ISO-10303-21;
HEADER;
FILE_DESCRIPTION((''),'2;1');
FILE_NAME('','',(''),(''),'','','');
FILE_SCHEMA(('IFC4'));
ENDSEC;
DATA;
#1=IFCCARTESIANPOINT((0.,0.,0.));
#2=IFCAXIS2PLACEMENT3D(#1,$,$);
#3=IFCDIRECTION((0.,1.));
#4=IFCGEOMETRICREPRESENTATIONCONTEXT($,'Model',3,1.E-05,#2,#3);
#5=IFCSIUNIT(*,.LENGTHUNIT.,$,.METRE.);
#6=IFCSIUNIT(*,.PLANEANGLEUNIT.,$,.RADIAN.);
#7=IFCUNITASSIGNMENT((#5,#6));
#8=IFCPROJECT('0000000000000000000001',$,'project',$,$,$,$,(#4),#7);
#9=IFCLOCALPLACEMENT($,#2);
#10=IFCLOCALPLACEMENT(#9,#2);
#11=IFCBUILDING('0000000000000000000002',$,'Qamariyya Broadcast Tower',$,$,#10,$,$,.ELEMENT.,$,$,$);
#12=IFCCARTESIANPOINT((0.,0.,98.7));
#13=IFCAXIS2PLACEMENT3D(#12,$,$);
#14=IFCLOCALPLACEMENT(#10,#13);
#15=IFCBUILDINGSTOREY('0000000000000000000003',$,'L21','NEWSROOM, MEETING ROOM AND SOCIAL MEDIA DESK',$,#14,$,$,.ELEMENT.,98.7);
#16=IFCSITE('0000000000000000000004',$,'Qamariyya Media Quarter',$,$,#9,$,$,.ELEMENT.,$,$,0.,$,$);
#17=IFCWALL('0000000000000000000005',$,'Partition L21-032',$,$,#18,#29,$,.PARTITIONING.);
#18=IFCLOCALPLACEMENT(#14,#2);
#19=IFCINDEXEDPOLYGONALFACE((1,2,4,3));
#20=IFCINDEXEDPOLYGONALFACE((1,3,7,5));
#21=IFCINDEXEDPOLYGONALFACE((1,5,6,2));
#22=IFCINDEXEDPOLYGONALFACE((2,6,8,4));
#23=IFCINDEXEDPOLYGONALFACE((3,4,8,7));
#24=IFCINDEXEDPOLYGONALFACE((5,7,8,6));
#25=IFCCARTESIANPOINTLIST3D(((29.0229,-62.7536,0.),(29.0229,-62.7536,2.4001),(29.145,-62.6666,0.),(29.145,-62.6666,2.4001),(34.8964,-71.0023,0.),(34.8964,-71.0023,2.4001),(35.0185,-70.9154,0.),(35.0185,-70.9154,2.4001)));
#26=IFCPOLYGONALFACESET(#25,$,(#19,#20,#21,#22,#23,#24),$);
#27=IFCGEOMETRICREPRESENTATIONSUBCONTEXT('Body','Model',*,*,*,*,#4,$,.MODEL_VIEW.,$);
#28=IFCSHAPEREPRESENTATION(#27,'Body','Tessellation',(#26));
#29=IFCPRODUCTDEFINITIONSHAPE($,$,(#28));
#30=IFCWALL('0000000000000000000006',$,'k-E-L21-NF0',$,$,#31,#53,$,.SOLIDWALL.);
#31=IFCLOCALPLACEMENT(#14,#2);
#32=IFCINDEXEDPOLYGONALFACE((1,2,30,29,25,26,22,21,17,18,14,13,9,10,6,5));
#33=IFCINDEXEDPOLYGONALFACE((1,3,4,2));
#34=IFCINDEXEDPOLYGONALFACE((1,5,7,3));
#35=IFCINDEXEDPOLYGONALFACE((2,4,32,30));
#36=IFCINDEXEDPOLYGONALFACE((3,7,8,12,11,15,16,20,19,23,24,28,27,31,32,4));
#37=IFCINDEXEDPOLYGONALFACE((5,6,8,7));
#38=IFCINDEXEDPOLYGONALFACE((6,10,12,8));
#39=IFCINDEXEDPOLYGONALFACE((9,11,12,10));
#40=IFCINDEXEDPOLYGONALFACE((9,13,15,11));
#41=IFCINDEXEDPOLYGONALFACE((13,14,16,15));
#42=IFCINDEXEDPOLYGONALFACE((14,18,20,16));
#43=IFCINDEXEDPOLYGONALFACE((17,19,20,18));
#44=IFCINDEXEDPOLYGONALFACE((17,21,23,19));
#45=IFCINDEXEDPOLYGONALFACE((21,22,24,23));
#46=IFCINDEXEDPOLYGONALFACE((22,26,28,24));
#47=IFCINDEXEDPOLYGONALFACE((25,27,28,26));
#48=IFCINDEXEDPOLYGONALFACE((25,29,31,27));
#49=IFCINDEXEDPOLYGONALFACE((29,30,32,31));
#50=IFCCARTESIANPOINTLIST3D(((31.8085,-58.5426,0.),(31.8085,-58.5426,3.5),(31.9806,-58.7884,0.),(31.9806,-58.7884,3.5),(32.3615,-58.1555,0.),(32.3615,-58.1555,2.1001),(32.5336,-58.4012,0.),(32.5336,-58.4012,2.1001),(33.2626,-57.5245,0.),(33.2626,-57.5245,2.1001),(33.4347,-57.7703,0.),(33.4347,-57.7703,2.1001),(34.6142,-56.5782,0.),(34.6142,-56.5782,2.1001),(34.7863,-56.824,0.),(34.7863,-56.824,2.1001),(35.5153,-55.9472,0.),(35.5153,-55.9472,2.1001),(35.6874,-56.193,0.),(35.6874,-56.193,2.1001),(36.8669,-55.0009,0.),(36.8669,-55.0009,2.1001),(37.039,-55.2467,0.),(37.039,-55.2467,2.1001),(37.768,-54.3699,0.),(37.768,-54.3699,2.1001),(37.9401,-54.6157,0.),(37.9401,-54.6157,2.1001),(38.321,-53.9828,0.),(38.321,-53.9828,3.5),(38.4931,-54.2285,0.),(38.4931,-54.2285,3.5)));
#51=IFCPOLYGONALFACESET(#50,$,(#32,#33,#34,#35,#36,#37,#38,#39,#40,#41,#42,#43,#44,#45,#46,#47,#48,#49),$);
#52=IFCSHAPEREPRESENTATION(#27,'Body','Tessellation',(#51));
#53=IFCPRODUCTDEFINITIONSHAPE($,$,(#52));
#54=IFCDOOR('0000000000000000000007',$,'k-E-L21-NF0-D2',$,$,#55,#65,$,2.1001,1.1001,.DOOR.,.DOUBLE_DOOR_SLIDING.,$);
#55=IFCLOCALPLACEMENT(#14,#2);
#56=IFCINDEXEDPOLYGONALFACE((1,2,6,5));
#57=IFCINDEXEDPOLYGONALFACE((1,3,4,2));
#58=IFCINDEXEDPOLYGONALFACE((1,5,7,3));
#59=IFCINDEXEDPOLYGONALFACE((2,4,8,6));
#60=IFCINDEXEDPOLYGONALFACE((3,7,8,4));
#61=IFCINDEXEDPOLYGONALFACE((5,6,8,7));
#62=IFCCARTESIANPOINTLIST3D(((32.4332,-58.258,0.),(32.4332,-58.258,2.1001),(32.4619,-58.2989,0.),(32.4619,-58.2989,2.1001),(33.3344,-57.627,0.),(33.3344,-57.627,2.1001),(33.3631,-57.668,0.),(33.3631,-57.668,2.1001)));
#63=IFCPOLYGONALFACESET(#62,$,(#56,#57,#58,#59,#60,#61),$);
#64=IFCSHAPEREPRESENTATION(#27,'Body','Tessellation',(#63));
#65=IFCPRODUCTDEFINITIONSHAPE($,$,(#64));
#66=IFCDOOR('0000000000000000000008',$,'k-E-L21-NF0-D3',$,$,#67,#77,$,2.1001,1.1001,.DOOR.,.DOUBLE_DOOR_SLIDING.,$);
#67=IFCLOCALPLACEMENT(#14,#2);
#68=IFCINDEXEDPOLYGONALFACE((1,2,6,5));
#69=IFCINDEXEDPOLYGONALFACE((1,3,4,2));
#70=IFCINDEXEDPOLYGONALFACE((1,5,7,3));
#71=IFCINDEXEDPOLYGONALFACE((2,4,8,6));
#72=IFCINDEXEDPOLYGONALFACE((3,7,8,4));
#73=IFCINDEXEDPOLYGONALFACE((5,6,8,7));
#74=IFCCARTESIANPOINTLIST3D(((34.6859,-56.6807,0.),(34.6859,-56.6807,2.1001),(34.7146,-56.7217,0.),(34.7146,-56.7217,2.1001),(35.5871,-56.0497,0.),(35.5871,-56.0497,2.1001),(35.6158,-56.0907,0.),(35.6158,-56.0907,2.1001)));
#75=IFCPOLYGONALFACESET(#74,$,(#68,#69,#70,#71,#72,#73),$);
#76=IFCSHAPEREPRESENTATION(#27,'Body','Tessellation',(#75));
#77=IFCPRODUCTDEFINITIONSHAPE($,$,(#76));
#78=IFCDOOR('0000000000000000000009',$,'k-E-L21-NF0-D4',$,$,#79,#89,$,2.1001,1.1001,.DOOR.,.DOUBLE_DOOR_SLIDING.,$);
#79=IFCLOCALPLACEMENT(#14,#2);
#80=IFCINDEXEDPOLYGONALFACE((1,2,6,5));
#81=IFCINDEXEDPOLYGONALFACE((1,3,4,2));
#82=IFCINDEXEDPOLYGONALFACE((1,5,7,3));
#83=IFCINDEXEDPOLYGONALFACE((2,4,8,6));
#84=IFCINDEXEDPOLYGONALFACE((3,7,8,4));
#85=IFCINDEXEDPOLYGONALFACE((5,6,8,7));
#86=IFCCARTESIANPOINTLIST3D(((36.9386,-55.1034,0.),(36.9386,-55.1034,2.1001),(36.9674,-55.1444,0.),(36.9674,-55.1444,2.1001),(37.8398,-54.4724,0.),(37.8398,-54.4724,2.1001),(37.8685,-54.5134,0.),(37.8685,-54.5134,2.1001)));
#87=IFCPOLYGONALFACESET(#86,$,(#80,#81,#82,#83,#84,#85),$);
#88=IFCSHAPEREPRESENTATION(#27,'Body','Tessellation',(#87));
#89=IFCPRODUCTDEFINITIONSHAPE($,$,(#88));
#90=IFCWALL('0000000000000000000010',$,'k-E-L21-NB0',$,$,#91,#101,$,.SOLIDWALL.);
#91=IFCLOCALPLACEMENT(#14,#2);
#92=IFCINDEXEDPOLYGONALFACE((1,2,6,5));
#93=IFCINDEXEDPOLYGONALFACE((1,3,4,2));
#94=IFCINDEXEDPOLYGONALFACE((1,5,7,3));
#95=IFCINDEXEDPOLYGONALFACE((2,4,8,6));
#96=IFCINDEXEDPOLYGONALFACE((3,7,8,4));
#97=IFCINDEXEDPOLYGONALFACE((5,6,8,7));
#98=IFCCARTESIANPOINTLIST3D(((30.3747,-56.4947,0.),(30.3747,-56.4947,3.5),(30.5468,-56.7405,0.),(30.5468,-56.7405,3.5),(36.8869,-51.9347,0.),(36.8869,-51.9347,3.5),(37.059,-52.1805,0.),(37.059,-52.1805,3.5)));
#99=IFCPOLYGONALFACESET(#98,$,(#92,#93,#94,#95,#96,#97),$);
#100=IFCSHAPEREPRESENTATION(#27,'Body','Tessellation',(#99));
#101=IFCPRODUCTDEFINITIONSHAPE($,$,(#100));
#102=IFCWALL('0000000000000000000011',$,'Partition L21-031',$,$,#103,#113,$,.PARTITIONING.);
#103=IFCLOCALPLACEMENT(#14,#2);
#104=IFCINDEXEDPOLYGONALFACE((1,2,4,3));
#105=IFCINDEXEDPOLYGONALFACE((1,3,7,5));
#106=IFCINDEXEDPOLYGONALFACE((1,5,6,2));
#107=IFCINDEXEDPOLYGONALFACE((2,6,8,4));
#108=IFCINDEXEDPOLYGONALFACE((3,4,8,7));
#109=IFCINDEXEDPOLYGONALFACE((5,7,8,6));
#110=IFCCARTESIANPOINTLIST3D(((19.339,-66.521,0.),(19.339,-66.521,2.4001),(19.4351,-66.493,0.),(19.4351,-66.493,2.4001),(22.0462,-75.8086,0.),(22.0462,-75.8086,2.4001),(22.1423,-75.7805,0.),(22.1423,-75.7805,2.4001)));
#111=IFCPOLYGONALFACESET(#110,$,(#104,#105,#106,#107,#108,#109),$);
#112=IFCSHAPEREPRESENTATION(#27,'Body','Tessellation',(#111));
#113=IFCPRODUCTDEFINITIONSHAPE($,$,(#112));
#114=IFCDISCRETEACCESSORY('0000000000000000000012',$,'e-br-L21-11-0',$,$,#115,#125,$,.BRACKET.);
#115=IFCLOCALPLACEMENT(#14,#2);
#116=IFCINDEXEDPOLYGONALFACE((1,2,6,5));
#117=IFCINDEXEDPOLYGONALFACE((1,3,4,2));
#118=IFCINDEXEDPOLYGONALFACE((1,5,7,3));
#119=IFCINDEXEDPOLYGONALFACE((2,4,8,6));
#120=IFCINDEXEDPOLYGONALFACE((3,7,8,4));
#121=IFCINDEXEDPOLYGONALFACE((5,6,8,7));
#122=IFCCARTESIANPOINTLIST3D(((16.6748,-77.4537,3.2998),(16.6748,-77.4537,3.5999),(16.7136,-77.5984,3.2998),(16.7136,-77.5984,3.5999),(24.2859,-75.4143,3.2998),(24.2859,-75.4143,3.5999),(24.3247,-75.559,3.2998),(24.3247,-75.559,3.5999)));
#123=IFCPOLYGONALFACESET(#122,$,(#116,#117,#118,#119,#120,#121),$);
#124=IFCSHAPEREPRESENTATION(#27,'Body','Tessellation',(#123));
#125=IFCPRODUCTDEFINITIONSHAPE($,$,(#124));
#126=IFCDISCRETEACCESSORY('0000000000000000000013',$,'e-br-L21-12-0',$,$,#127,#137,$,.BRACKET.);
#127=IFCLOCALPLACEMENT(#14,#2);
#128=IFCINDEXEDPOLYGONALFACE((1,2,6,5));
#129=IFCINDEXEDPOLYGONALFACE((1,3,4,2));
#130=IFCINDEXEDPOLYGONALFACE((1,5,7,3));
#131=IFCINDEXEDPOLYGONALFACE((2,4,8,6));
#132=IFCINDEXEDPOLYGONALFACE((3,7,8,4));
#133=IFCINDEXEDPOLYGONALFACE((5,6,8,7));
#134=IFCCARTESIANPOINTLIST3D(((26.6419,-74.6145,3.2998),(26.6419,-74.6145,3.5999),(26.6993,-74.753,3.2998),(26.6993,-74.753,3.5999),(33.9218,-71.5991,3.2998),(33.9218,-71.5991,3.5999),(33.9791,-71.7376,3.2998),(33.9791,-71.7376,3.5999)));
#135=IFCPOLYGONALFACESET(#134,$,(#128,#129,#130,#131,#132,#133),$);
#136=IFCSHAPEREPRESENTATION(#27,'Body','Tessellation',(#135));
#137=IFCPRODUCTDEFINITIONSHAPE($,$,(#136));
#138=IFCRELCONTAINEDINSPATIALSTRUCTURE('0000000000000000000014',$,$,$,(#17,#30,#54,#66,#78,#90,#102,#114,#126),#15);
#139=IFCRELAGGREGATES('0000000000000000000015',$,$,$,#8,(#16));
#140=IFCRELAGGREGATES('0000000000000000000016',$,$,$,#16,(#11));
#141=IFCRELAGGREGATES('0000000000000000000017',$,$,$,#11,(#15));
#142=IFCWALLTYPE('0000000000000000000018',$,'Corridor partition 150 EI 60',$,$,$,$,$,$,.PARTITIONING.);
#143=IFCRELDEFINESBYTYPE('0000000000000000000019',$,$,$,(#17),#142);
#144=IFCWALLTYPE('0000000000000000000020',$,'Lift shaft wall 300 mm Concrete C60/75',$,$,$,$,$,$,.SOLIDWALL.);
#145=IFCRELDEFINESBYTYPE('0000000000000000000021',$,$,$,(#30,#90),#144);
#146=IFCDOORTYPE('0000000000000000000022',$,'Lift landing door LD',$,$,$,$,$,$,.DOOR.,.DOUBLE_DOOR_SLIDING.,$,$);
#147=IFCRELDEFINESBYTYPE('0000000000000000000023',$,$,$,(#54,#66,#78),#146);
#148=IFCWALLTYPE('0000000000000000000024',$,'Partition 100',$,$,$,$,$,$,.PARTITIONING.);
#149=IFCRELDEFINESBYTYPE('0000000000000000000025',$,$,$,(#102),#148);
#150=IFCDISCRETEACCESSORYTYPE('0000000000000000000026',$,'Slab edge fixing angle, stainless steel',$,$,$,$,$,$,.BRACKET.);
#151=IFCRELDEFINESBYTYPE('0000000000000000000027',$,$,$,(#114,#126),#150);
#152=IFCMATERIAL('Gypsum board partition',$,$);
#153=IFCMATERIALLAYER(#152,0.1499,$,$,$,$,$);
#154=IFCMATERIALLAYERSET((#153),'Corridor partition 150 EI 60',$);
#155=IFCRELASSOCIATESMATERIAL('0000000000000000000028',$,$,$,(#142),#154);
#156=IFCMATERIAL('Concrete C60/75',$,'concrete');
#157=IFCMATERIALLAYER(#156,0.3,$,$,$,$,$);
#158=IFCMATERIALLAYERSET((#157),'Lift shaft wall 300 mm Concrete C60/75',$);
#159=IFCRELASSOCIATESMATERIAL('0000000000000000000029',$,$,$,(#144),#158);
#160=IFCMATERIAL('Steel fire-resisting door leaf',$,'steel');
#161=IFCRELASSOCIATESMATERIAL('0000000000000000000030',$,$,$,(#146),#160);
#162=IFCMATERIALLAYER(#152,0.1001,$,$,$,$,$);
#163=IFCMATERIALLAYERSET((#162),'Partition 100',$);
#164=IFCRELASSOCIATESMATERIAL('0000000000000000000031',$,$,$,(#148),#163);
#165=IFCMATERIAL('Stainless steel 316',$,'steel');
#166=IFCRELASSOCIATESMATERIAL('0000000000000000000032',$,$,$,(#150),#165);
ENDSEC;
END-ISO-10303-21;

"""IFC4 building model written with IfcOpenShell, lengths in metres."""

from ifc_helpers import new_model, si_unit, direction, frame, frame_2d, origin, origin_2d, place, context, subcontext, project, spatial, rectangle, extrude, material, layer, layer_set, type_object, element, fill, save


model = new_model("IFC4")

# Units and contexts
model_context = context("Model", 3, precision=1e-05, world=origin(), true_north=direction((0.0, 1.0)))
body_context = subcontext(model_context, "Body", "Model", "MODEL_VIEW")
ifc_project = project(units=[si_unit("LENGTHUNIT", "METRE"), si_unit("PLANEANGLEUNIT", "RADIAN")], contexts=[model_context])

# Site, building, storey
site_placement = place(None, origin())
site = spatial("IfcSite", under=ifc_project, at=site_placement, Name="Qamariyya Media Quarter", CompositionType="ELEMENT", RefElevation=0.0)
building_placement = place(site_placement, origin())
building = spatial("IfcBuilding", under=site, at=building_placement, Name="Qamariyya Broadcast Tower", CompositionType="ELEMENT")
storey_placement = place(building_placement, frame((0.0, 0.0, 98.7)))
storey = spatial("IfcBuildingStorey", under=building, at=storey_placement, Name="L21", Description="NEWSROOM, MEETING ROOM AND SOCIAL MEDIA DESK", CompositionType="ELEMENT", Elevation=98.7)

# Shared definitions
ifc_material_1 = material(Name="Gypsum board partition")
ifc_layer_1 = layer(ifc_material_1, 0.1499)
ifc_layer_set_1 = layer_set([ifc_layer_1], Name="Corridor partition 150 EI 60")
wall_type_1 = type_object("IfcWallType", Name="Corridor partition 150 EI 60", PredefinedType="PARTITIONING", material=ifc_layer_set_1)

# Wall
wall_1_placement = place(storey_placement, frame((29.084, -62.7102, 0.0), z_axis=(0.0, 0.0, 1.0), x_axis=(0.580031, -0.814594, 0.0)))
element("IfcWall", 1, at=wall_1_placement, inside=storey, type_object=wall_type_1, Name="Partition L21-032", PredefinedType="PARTITIONING", context=body_context, shape_type="SweptSolid", body=[
    extrude(rectangle(XDim=10.1262, YDim=0.1499, at=frame_2d((5.063, 0.0))), origin(), (0.0, 0.0, 1.0), 2.4001),
])

# Wall, openings, doors
ifc_material_2 = material(Name="Concrete C60/75", Category="concrete")
ifc_layer_2 = layer(ifc_material_2, 0.3)
ifc_layer_set_2 = layer_set([ifc_layer_2], Name="Lift shaft wall 300 mm Concrete C60/75")
wall_type_2 = type_object("IfcWallType", Name="Lift shaft wall 300 mm Concrete C60/75", PredefinedType="SOLIDWALL", material=ifc_layer_set_2)
wall_2_placement = place(storey_placement, frame((31.8945, -58.6655, 0.0), z_axis=(0.0, 0.0, 1.0), x_axis=(0.819167, 0.573555, 0.0)))
wall_2 = element("IfcWall", 2, at=wall_2_placement, inside=storey, type_object=wall_type_2, Name="k-E-L21-NF0", PredefinedType="SOLIDWALL", context=body_context, shape_type="SweptSolid", body=[
    extrude(rectangle(XDim=7.9502, YDim=0.3, at=frame_2d((3.9751, 0.0))), origin(), (0.0, 0.0, 1.0), 3.5),
])
opening_1_placement = place(wall_2_placement, frame((0.675, 0.0, 0.0)))
opening_1 = element("IfcOpeningElement", 3, at=opening_1_placement, cuts=wall_2, PredefinedType="OPENING", context=body_context, shape_type="SweptSolid", body=[
    extrude(rectangle(XDim=1.1001, YDim=2.1001, at=frame_2d((0.55, 1.05))), frame((0.0, 0.1599, 0.0), z_axis=(0.0, -1.0, 0.0), x_axis=(1.0, 0.0, 0.0)), (0.0, 0.0, 1.0), 0.3201),
])
opening_2_placement = place(wall_2_placement, frame((3.425, 0.0, 0.0)))
opening_2 = element("IfcOpeningElement", 4, at=opening_2_placement, cuts=wall_2, PredefinedType="OPENING", context=body_context, shape_type="SweptSolid", body=[
    extrude(rectangle(XDim=1.1001, YDim=2.1001, at=frame_2d((0.55, 1.05))), frame((0.0, 0.1599, 0.0), z_axis=(0.0, -1.0, 0.0), x_axis=(1.0, 0.0, 0.0)), (0.0, 0.0, 1.0), 0.3201),
])
opening_3_placement = place(wall_2_placement, frame((6.175, 0.0, 0.0)))
opening_3 = element("IfcOpeningElement", 5, at=opening_3_placement, cuts=wall_2, PredefinedType="OPENING", context=body_context, shape_type="SweptSolid", body=[
    extrude(rectangle(XDim=1.1001, YDim=2.1001, at=frame_2d((0.55, 1.05))), frame((0.0, 0.1599, 0.0), z_axis=(0.0, -1.0, 0.0), x_axis=(1.0, 0.0, 0.0)), (0.0, 0.0, 1.0), 0.3201),
])
ifc_material_3 = material(Name="Steel fire-resisting door leaf", Category="steel")
door_type_1 = type_object("IfcDoorType", Name="Lift landing door LD", OperationType="DOUBLE_DOOR_SLIDING", PredefinedType="DOOR", material=ifc_material_3)
door_1_placement = place(opening_1_placement, origin())
door_1 = element("IfcDoor", 6, at=door_1_placement, inside=storey, type_object=door_type_1, Name="k-E-L21-NF0-D2", OperationType="DOUBLE_DOOR_SLIDING", OverallHeight=2.1001, OverallWidth=1.1001, PredefinedType="DOOR", context=body_context, shape_type="SweptSolid", body=[
    extrude(rectangle(XDim=1.1001, YDim=2.1001, at=frame_2d((0.55, 1.05))), frame((0.0, 0.0249, 0.0), z_axis=(0.0, -1.0, 0.0), x_axis=(1.0, 0.0, 0.0)), (0.0, 0.0, 1.0), 0.05),
])
fill(opening_1, door_1)
door_2_placement = place(opening_2_placement, origin())
door_2 = element("IfcDoor", 7, at=door_2_placement, inside=storey, type_object=door_type_1, Name="k-E-L21-NF0-D3", OperationType="DOUBLE_DOOR_SLIDING", OverallHeight=2.1001, OverallWidth=1.1001, PredefinedType="DOOR", context=body_context, shape_type="SweptSolid", body=[
    extrude(rectangle(XDim=1.1001, YDim=2.1001, at=frame_2d((0.55, 1.05))), frame((0.0, 0.0249, 0.0), z_axis=(0.0, -1.0, 0.0), x_axis=(1.0, 0.0, 0.0)), (0.0, 0.0, 1.0), 0.05),
])
fill(opening_2, door_2)
door_3_placement = place(opening_3_placement, origin())
door_3 = element("IfcDoor", 8, at=door_3_placement, inside=storey, type_object=door_type_1, Name="k-E-L21-NF0-D4", OperationType="DOUBLE_DOOR_SLIDING", OverallHeight=2.1001, OverallWidth=1.1001, PredefinedType="DOOR", context=body_context, shape_type="SweptSolid", body=[
    extrude(rectangle(XDim=1.1001, YDim=2.1001, at=frame_2d((0.55, 1.05))), frame((0.0, 0.0249, 0.0), z_axis=(0.0, -1.0, 0.0), x_axis=(1.0, 0.0, 0.0)), (0.0, 0.0, 1.0), 0.05),
])
fill(opening_3, door_3)

# Walls
wall_3_placement = place(storey_placement, frame((30.4607, -56.6177, 0.0), z_axis=(0.0, 0.0, 1.0), x_axis=(0.819142, 0.57359, 0.0)))
element("IfcWall", 9, at=wall_3_placement, inside=storey, type_object=wall_type_2, Name="k-E-L21-NB0", PredefinedType="SOLIDWALL", context=body_context, shape_type="SweptSolid", body=[
    extrude(rectangle(XDim=7.95, YDim=0.3, at=frame_2d((3.9751, 0.0))), origin(), (0.0, 0.0, 1.0), 3.5),
])
ifc_layer_3 = layer(ifc_material_1, 0.1001)
ifc_layer_set_3 = layer_set([ifc_layer_3], Name="Partition 100")
wall_type_3 = type_object("IfcWallType", Name="Partition 100", PredefinedType="PARTITIONING", material=ifc_layer_set_3)
wall_4_placement = place(storey_placement, frame((22.0942, -75.7944, 0.0), z_axis=(0.0, 0.0, 1.0), x_axis=(-0.279847, 0.960045, 0.0)))
element("IfcWall", 10, at=wall_4_placement, inside=storey, type_object=wall_type_3, Name="Partition L21-031", PredefinedType="PARTITIONING", context=body_context, shape_type="SweptSolid", body=[
    extrude(rectangle(XDim=9.6741, YDim=0.1001, at=frame_2d((4.8369, 0.0))), origin(), (0.0, 0.0, 1.0), 2.4001),
])

# Discrete accessories
ifc_material_4 = material(Name="Stainless steel 316", Category="steel")
discrete_accessory_type = type_object("IfcDiscreteAccessoryType", Name="Slab edge fixing angle, stainless steel", PredefinedType="BRACKET", material=ifc_material_4)
for number, where, z_axis, x_axis, name in (
    (11, (20.4998, -76.5063, 3.2998), (0.0, 0.0, 1.0), (0.965926, 0.258819, 0.0), "e-br-L21-11-0"),
    (12, (30.3105, -73.176, 3.2998), (0.0, 0.0, 1.0), (0.92388, 0.382683, 0.0), "e-br-L21-12-0"),
):
    element("IfcDiscreteAccessory", number, at=place(storey_placement, frame(where, z_axis=z_axis, x_axis=x_axis)), inside=storey, type_object=discrete_accessory_type, Name=name, PredefinedType="BRACKET", context=body_context, shape_type="SweptSolid", body=[
        extrude(rectangle(XDim=7.8796, YDim=0.1499, at=origin_2d()), origin(), (0.0, 0.0, 1.0), 0.3),
    ])

save(model, "model.ifc")
